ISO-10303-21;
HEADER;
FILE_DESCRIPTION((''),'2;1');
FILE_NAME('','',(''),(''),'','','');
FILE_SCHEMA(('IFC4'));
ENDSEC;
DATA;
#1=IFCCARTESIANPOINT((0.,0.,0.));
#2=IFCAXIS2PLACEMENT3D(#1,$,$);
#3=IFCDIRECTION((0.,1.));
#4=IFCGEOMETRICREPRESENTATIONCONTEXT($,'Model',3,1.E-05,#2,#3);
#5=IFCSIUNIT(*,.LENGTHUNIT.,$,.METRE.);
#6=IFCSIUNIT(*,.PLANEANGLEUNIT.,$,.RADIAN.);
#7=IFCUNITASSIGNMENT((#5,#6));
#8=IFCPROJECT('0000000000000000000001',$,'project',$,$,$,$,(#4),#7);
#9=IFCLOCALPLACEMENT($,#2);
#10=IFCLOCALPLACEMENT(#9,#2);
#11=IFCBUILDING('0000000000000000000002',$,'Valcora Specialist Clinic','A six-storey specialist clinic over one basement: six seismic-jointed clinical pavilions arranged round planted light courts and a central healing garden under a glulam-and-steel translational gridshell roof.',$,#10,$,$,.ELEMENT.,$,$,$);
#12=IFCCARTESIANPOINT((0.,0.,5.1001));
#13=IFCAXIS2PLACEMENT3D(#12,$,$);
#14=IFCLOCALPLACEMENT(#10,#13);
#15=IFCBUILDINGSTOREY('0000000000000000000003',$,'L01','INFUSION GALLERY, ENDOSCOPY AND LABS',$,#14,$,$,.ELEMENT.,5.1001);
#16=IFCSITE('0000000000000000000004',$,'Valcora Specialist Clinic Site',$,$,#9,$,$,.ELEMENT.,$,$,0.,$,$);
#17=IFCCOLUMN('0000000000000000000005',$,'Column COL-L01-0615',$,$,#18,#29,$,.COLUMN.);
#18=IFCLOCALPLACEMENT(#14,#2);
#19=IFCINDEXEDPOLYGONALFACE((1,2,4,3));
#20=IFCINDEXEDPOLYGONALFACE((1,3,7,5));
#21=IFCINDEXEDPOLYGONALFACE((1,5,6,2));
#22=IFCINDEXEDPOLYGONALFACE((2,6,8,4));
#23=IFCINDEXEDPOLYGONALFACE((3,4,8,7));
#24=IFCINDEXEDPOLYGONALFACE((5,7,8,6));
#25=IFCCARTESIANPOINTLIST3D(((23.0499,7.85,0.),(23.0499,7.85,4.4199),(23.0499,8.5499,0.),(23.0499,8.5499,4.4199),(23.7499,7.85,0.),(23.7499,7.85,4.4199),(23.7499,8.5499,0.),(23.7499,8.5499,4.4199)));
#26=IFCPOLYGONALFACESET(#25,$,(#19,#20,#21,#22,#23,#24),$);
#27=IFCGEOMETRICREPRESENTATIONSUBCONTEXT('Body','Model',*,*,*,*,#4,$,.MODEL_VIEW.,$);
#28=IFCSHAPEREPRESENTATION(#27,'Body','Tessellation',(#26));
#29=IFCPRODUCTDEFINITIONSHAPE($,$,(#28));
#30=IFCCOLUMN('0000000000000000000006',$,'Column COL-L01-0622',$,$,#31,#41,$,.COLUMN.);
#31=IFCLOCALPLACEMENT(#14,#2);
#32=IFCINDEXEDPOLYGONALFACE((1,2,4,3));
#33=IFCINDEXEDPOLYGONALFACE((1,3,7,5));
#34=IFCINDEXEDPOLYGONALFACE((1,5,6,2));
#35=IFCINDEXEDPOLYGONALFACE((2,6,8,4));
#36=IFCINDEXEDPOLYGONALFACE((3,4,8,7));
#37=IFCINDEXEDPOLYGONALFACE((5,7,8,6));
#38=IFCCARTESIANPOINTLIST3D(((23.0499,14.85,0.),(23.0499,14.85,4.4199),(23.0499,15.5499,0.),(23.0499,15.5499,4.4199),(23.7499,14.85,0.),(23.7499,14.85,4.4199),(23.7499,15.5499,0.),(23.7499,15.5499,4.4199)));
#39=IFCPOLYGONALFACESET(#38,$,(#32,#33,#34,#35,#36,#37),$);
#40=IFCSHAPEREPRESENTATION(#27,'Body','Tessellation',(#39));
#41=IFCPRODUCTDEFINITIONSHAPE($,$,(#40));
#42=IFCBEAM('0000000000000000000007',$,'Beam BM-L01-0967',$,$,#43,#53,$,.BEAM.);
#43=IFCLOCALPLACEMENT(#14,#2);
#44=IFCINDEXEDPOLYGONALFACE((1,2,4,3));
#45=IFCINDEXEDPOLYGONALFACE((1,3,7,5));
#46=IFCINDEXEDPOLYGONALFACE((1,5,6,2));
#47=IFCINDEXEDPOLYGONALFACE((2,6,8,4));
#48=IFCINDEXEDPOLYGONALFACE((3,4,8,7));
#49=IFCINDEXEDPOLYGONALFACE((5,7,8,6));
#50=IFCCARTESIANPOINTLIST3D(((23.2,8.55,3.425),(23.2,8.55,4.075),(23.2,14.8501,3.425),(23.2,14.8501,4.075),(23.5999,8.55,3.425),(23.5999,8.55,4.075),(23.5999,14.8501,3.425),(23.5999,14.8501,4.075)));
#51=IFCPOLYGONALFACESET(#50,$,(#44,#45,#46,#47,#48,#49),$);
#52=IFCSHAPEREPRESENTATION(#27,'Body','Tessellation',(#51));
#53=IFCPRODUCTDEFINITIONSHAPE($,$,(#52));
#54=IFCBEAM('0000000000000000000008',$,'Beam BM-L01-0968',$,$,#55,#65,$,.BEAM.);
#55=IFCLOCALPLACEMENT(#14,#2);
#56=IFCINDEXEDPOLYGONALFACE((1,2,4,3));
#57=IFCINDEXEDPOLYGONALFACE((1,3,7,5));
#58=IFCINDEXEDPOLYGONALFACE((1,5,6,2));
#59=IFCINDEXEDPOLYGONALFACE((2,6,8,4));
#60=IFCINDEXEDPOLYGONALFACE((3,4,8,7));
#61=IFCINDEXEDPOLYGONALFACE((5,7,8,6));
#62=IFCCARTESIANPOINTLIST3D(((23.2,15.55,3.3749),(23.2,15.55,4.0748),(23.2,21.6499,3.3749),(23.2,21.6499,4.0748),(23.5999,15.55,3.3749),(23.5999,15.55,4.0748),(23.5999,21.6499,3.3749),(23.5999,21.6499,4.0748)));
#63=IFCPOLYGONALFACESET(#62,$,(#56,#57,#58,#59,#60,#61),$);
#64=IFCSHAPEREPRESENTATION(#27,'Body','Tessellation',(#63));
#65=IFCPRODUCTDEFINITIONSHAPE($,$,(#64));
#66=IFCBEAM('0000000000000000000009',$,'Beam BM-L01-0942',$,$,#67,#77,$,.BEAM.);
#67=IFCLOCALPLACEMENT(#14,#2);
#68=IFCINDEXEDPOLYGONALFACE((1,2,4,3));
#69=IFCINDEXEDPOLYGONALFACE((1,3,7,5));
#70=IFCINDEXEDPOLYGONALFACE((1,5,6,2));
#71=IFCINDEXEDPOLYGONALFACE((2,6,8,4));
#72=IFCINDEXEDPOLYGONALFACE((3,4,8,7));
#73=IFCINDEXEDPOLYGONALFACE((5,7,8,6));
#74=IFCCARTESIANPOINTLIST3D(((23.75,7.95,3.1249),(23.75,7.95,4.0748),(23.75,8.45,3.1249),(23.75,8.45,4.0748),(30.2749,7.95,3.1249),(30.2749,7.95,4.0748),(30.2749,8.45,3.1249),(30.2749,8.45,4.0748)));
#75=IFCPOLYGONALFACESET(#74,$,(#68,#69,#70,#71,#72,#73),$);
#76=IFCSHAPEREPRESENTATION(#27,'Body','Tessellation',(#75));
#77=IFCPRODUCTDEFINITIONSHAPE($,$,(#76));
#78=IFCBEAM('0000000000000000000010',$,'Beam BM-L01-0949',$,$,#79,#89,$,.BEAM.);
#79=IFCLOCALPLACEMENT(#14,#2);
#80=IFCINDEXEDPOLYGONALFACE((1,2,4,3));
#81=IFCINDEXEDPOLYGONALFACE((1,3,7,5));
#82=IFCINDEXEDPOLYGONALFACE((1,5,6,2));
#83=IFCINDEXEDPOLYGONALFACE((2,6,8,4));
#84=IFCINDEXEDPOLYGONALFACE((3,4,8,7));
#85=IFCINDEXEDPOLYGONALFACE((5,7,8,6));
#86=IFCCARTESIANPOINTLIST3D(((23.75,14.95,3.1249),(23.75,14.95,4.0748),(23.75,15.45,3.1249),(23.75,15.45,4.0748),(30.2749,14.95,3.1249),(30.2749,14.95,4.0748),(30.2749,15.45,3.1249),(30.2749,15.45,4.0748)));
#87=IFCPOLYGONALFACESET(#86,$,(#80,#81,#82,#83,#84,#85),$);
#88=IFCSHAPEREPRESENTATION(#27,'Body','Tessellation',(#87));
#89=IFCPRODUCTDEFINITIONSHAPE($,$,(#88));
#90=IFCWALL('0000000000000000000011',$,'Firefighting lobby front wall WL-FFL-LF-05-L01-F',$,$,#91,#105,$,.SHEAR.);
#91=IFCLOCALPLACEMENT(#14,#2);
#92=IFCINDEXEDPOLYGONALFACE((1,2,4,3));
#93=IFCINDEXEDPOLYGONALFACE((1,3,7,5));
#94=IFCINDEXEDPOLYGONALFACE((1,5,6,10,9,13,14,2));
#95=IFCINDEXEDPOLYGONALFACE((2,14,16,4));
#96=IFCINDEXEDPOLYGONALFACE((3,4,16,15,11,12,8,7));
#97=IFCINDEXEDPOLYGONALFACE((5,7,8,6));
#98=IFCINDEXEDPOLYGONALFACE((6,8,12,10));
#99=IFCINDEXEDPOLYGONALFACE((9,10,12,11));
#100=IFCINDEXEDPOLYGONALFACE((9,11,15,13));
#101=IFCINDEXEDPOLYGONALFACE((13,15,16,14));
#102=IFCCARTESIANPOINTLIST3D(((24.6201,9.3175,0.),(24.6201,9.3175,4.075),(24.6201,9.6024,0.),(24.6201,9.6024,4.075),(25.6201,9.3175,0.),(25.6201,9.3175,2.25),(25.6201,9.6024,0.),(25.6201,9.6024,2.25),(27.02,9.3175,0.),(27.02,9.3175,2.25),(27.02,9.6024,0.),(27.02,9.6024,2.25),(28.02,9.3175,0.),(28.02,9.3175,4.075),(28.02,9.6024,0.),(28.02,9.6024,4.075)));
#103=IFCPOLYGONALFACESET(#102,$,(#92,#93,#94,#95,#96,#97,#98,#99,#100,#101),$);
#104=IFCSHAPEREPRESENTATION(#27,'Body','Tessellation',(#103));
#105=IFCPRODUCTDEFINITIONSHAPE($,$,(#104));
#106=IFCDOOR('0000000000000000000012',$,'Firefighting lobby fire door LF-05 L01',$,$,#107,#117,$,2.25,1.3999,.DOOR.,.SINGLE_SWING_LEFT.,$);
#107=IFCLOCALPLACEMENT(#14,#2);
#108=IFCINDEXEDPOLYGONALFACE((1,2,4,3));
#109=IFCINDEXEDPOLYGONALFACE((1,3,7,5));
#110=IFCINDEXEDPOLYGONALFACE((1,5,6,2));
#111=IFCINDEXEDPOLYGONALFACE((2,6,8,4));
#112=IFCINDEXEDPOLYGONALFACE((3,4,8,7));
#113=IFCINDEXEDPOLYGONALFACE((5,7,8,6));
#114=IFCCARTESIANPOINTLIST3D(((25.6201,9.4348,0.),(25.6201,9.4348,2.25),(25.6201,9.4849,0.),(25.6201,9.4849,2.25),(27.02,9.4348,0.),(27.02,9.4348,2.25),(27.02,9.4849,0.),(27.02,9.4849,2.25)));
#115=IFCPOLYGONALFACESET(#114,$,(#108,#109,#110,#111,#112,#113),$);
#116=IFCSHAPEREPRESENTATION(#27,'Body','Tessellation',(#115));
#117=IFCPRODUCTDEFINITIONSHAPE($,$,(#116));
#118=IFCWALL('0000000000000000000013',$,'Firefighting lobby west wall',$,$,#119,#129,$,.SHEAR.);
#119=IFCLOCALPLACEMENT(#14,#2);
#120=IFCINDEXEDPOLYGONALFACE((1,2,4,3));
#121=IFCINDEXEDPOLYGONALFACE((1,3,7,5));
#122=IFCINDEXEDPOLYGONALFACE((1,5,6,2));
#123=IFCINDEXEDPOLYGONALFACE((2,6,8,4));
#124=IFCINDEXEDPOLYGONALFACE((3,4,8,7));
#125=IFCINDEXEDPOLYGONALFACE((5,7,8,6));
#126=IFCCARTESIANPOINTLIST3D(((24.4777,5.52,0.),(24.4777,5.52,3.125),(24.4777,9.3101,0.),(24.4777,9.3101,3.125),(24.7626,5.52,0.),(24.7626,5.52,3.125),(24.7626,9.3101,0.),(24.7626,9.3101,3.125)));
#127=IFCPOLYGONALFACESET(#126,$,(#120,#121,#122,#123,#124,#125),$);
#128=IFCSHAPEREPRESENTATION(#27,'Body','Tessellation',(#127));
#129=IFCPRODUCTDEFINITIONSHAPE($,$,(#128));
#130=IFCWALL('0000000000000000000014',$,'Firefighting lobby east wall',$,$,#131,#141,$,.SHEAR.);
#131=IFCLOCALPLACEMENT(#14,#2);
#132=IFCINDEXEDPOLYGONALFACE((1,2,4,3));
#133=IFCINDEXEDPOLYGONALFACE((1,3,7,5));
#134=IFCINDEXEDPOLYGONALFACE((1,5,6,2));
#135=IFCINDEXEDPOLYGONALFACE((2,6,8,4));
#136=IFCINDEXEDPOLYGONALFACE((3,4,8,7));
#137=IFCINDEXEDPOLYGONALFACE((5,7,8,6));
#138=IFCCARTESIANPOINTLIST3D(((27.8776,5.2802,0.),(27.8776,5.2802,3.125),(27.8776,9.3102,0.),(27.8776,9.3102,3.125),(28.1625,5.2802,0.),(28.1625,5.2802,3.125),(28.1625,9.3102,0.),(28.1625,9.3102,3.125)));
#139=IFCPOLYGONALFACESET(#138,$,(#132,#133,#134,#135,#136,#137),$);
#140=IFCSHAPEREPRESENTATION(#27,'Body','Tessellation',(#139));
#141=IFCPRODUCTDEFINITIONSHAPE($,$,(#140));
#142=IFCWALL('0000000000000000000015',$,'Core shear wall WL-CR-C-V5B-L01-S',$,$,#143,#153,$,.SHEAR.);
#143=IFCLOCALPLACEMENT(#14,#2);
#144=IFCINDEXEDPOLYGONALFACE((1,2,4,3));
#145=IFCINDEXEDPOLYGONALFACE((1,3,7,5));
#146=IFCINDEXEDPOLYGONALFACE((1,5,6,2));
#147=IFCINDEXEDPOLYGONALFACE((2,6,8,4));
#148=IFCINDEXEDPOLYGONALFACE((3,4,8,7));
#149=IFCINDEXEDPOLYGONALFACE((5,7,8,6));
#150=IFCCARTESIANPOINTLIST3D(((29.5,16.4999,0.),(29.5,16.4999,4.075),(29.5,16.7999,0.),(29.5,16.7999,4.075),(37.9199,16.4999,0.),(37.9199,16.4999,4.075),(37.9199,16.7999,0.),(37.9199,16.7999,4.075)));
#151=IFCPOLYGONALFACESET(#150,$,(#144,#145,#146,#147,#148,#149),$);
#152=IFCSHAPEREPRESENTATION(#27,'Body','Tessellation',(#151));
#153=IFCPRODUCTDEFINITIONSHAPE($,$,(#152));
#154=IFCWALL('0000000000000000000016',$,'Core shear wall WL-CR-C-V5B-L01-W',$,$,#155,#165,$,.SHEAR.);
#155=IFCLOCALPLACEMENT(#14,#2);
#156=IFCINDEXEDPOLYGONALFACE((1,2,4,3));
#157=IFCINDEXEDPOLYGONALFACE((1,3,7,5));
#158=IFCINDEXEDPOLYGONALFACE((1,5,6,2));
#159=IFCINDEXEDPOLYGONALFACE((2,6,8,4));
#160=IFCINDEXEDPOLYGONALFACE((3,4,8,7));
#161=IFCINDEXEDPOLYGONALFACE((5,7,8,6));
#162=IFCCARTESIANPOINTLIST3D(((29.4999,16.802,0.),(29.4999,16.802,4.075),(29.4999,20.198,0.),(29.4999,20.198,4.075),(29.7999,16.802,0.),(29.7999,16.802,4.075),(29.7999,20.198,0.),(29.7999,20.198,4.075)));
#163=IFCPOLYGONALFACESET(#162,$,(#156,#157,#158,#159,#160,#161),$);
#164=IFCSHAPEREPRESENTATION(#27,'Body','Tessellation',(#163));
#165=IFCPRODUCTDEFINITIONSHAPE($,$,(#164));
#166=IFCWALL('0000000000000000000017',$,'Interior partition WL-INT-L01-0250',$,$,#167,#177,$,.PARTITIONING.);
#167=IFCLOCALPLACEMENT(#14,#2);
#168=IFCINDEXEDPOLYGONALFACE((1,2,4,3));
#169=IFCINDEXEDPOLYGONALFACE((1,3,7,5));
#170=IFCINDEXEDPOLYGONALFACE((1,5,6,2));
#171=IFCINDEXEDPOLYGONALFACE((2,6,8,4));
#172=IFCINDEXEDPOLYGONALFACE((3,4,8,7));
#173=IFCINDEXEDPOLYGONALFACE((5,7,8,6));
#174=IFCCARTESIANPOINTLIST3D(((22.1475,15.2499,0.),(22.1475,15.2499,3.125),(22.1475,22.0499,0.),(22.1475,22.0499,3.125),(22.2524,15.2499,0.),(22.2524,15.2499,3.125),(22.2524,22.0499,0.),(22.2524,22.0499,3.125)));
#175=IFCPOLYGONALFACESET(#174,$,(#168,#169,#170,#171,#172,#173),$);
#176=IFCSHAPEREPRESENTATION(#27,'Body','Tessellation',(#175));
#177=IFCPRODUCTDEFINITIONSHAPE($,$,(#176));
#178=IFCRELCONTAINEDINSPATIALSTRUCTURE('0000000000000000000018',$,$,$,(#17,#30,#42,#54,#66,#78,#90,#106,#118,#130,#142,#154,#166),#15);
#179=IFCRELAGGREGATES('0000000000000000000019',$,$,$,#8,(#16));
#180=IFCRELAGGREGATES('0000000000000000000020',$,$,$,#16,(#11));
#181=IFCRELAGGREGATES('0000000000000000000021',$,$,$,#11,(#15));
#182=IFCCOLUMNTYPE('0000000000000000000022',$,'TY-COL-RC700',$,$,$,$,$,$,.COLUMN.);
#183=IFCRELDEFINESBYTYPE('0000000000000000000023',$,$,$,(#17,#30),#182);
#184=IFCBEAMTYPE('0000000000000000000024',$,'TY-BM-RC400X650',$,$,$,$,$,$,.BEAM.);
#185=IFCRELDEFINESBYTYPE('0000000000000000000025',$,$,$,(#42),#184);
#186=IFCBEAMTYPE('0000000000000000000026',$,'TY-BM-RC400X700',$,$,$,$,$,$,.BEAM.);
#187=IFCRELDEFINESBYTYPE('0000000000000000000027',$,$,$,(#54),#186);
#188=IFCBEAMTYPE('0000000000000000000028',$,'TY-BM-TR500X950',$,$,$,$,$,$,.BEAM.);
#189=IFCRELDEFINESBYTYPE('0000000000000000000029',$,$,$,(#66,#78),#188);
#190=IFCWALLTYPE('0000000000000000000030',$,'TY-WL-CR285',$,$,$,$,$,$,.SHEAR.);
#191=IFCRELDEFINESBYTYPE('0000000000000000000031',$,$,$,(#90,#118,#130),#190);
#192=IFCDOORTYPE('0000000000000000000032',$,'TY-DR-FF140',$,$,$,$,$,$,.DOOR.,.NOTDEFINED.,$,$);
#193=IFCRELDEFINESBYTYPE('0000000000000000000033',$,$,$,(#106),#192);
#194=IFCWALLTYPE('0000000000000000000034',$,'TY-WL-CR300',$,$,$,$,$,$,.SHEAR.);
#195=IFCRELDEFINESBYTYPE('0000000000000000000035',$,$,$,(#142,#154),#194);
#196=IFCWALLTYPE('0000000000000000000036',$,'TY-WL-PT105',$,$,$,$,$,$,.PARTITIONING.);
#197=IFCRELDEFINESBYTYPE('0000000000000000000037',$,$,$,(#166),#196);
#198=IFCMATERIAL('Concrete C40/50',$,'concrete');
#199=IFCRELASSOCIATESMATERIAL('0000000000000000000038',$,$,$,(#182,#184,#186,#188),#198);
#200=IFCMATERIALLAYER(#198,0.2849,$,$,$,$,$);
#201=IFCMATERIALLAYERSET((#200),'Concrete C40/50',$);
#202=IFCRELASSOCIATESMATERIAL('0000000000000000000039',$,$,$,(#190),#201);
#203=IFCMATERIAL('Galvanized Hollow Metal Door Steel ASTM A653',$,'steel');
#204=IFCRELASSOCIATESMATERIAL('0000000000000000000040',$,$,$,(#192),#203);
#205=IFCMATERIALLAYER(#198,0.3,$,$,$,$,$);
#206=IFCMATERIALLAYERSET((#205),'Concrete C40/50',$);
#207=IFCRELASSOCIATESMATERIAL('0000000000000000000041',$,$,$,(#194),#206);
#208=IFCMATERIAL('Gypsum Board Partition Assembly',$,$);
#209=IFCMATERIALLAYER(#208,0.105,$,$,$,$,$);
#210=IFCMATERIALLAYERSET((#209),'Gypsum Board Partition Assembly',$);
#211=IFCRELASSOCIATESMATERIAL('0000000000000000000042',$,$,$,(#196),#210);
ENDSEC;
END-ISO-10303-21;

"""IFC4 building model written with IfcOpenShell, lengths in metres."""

from ifc_helpers import new_model, si_unit, direction, frame, frame_2d, origin, origin_2d, place, context, subcontext, project, spatial, rectangle, extrude, material, layer, layer_set, material_profile, profile_set, type_object, element, fill, save


model = new_model("IFC4")

# Units and contexts
model_context = context("Model", 3, precision=1e-05, world=origin(), true_north=direction((0.0, 1.0)))
body_context = subcontext(model_context, "Body", "Model", "MODEL_VIEW")
ifc_project = project(units=[si_unit("LENGTHUNIT", "METRE"), si_unit("PLANEANGLEUNIT", "RADIAN")], contexts=[model_context])

# Site, building, storey
site_placement = place(None, origin())
site = spatial("IfcSite", under=ifc_project, at=site_placement, Name="Valcora Specialist Clinic Site", CompositionType="ELEMENT", RefElevation=0.0)
building_placement = place(site_placement, origin())
building = spatial("IfcBuilding", under=site, at=building_placement, Name="Valcora Specialist Clinic", Description="A six-storey specialist clinic over one basement: six seismic-jointed clinical pavilions arranged round planted light courts and a central healing garden under a glulam-and-steel translational gridshell roof.", CompositionType="ELEMENT")
storey_placement = place(building_placement, frame((0.0, 0.0, 5.1001)))
storey = spatial("IfcBuildingStorey", under=building, at=storey_placement, Name="L01", Description="INFUSION GALLERY, ENDOSCOPY AND LABS", CompositionType="ELEMENT", Elevation=5.1001)

# Columns
ifc_material_1 = material(Name="Concrete C40/50", Category="concrete")
ifc_material_profile_1 = material_profile(ifc_material_1, rectangle(XDim=0.7, YDim=0.7, at=origin_2d()), Name="RC-COL-700X700")
ifc_profile_set_1 = profile_set([ifc_material_profile_1], Name="Concrete C40/50")
column_type = type_object("IfcColumnType", Name="TY-COL-RC700", PredefinedType="COLUMN", material=ifc_profile_set_1)
for number, where, z_axis, x_axis, name in (
    (1, (23.3999, 8.2, 0.0), (0.0, 0.0, 1.0), (1.0, 0.0, 0.0), "Column COL-L01-0615"),
    (2, (23.3999, 15.2, 0.0), (0.0, 0.0, 1.0), (1.0, 0.0, 0.0), "Column COL-L01-0622"),
):
    element("IfcColumn", number, at=place(storey_placement, frame(where, z_axis=z_axis, x_axis=x_axis)), inside=storey, type_object=column_type, Name=name, PredefinedType="COLUMN", context=body_context, shape_type="SweptSolid", body=[
        extrude(rectangle(XDim=0.7, YDim=0.7, at=origin_2d()), origin(), (0.0, 0.0, 1.0), 4.4199),
    ])

# Beams
ifc_material_profile_2 = material_profile(ifc_material_1, rectangle(XDim=0.3999, YDim=0.6499, at=origin_2d()), Name="RC-BM-400X650")
ifc_profile_set_2 = profile_set([ifc_material_profile_2], Name="Concrete C40/50")
beam_type_1 = type_object("IfcBeamType", Name="TY-BM-RC400X650", PredefinedType="BEAM", material=ifc_profile_set_2)
beam_1_placement = place(storey_placement, frame((23.3999, 8.55, 3.75), z_axis=(0.0, 1.0, 0.0), x_axis=(-1.0, 0.0, 0.0)))
element("IfcBeam", 3, at=beam_1_placement, inside=storey, type_object=beam_type_1, Name="Beam BM-L01-0967", PredefinedType="BEAM", context=body_context, shape_type="SweptSolid", body=[
    extrude(rectangle(XDim=0.3999, YDim=0.6499, at=origin_2d()), origin(), (0.0, 0.0, 1.0), 6.3),
])
ifc_material_profile_3 = material_profile(ifc_material_1, rectangle(XDim=0.3999, YDim=0.7, at=origin_2d()), Name="RC-BM-400X700")
ifc_profile_set_3 = profile_set([ifc_material_profile_3], Name="Concrete C40/50")
beam_type_2 = type_object("IfcBeamType", Name="TY-BM-RC400X700", PredefinedType="BEAM", material=ifc_profile_set_3)
beam_2_placement = place(storey_placement, frame((23.3999, 15.55, 3.7249), z_axis=(0.0, 1.0, 0.0), x_axis=(-1.0, 0.0, 0.0)))
element("IfcBeam", 4, at=beam_2_placement, inside=storey, type_object=beam_type_2, Name="Beam BM-L01-0968", PredefinedType="BEAM", context=body_context, shape_type="SweptSolid", body=[
    extrude(rectangle(XDim=0.3999, YDim=0.7, at=origin_2d()), origin(), (0.0, 0.0, 1.0), 6.0999),
])
ifc_material_profile_4 = material_profile(ifc_material_1, rectangle(XDim=0.5, YDim=0.95, at=origin_2d()), Name="RC-BM-500X950")
ifc_profile_set_4 = profile_set([ifc_material_profile_4], Name="Concrete C40/50")
beam_type_3 = type_object("IfcBeamType", Name="TY-BM-TR500X950", PredefinedType="BEAM", material=ifc_profile_set_4)
for number, where, z_axis, x_axis, name in (
    (5, (23.75, 8.2, 3.5999), (1.0, 0.0, 0.0), (0.0, 1.0, 0.0), "Beam BM-L01-0942"),
    (6, (23.75, 15.2, 3.5999), (1.0, 0.0, 0.0), (0.0, 1.0, 0.0), "Beam BM-L01-0949"),
):
    element("IfcBeam", number, at=place(storey_placement, frame(where, z_axis=z_axis, x_axis=x_axis)), inside=storey, type_object=beam_type_3, Name=name, PredefinedType="BEAM", context=body_context, shape_type="SweptSolid", body=[
        extrude(rectangle(XDim=0.5, YDim=0.95, at=origin_2d()), origin(), (0.0, 0.0, 1.0), 6.5249),
    ])

# Wall, opening, door
ifc_layer_1 = layer(ifc_material_1, 0.2849)
ifc_layer_set_1 = layer_set([ifc_layer_1], Name="Concrete C40/50")
wall_type_1 = type_object("IfcWallType", Name="TY-WL-CR285", PredefinedType="SHEAR", material=ifc_layer_set_1)
wall_1_placement = place(storey_placement, frame((24.6201, 9.46, 0.0), z_axis=(0.0, 0.0, 1.0), x_axis=(1.0, 0.0, 0.0)))
wall_1 = element("IfcWall", 7, at=wall_1_placement, inside=storey, type_object=wall_type_1, Name="Firefighting lobby front wall WL-FFL-LF-05-L01-F", PredefinedType="SHEAR", context=body_context, shape_type="SweptSolid", body=[
    extrude(rectangle(XDim=3.3999, YDim=0.2849, at=frame_2d((1.7, 0.0))), origin(), (0.0, 0.0, 1.0), 4.075),
])
opening_1_placement = place(wall_1_placement, frame((1.0, 0.0, 0.0)))
opening_1 = element("IfcOpeningElement", 8, at=opening_1_placement, cuts=wall_1, PredefinedType="OPENING", context=body_context, shape_type="SweptSolid", body=[
    extrude(rectangle(XDim=1.3999, YDim=2.25, at=frame_2d((0.7, 1.125))), frame((0.0, 0.1523, 0.0), z_axis=(0.0, -1.0, 0.0), x_axis=(1.0, 0.0, 0.0)), (0.0, 0.0, 1.0), 0.3049),
])
ifc_material_2 = material(Name="Galvanized Hollow Metal Door Steel ASTM A653", Category="steel")
door_type_1 = type_object("IfcDoorType", Name="TY-DR-FF140", OperationType="NOTDEFINED", PredefinedType="DOOR", material=ifc_material_2)
door_1_placement = place(opening_1_placement, origin())
door_1 = element("IfcDoor", 9, at=door_1_placement, inside=storey, type_object=door_type_1, Name="Firefighting lobby fire door LF-05 L01", OperationType="SINGLE_SWING_LEFT", OverallHeight=2.25, OverallWidth=1.3999, PredefinedType="DOOR", context=body_context, shape_type="SweptSolid", body=[
    extrude(rectangle(XDim=1.3999, YDim=2.25, at=frame_2d((0.7, 1.125))), frame((0.0, 0.0249, 0.0), z_axis=(0.0, -1.0, 0.0), x_axis=(1.0, 0.0, 0.0)), (0.0, 0.0, 1.0), 0.05),
])
fill(opening_1, door_1)

# Walls
wall_2_placement = place(storey_placement, frame((24.6201, 5.52, 0.0), z_axis=(0.0, 0.0, 1.0), x_axis=(0.0, 1.0, 0.0)))
element("IfcWall", 10, at=wall_2_placement, inside=storey, type_object=wall_type_1, Name="Firefighting lobby west wall", PredefinedType="SHEAR", context=body_context, shape_type="SweptSolid", body=[
    extrude(rectangle(XDim=3.79, YDim=0.2849, at=frame_2d((1.895, 0.0))), origin(), (0.0, 0.0, 1.0), 3.125),
])
wall_3_placement = place(storey_placement, frame((28.02, 5.28, 0.0), z_axis=(0.0, 0.0, 1.0), x_axis=(0.0, 1.0, 0.0)))
element("IfcWall", 11, at=wall_3_placement, inside=storey, type_object=wall_type_1, Name="Firefighting lobby east wall", PredefinedType="SHEAR", context=body_context, shape_type="SweptSolid", body=[
    extrude(rectangle(XDim=4.03, YDim=0.2849, at=frame_2d((2.0151, 0.0))), origin(), (0.0, 0.0, 1.0), 3.125),
])
ifc_layer_2 = layer(ifc_material_1, 0.3)
ifc_layer_set_2 = layer_set([ifc_layer_2], Name="Concrete C40/50")
wall_type_2 = type_object("IfcWallType", Name="TY-WL-CR300", PredefinedType="SHEAR", material=ifc_layer_set_2)
wall_4_placement = place(storey_placement, frame((29.5, 16.6499, 0.0), z_axis=(0.0, 0.0, 1.0), x_axis=(1.0, 0.0, 0.0)))
element("IfcWall", 12, at=wall_4_placement, inside=storey, type_object=wall_type_2, Name="Core shear wall WL-CR-C-V5B-L01-S", PredefinedType="SHEAR", context=body_context, shape_type="SweptSolid", body=[
    extrude(rectangle(XDim=8.4199, YDim=0.3, at=frame_2d((4.21, 0.0))), origin(), (0.0, 0.0, 1.0), 4.075),
])
wall_5_placement = place(storey_placement, frame((29.6499, 16.802, 0.0), z_axis=(0.0, 0.0, 1.0), x_axis=(0.0, 1.0, 0.0)))
element("IfcWall", 13, at=wall_5_placement, inside=storey, type_object=wall_type_2, Name="Core shear wall WL-CR-C-V5B-L01-W", PredefinedType="SHEAR", context=body_context, shape_type="SweptSolid", body=[
    extrude(rectangle(XDim=3.396, YDim=0.3, at=frame_2d((1.698, 0.0))), origin(), (0.0, 0.0, 1.0), 4.075),
])
ifc_material_3 = material(Name="Gypsum Board Partition Assembly")
ifc_layer_3 = layer(ifc_material_3, 0.105)
ifc_layer_set_3 = layer_set([ifc_layer_3], Name="Gypsum Board Partition Assembly")
wall_type_3 = type_object("IfcWallType", Name="TY-WL-PT105", PredefinedType="PARTITIONING", material=ifc_layer_set_3)
wall_6_placement = place(storey_placement, frame((22.2, 15.25, 0.0), z_axis=(0.0, 0.0, 1.0), x_axis=(0.0, 1.0, 0.0)))
element("IfcWall", 14, at=wall_6_placement, inside=storey, type_object=wall_type_3, Name="Interior partition WL-INT-L01-0250", PredefinedType="PARTITIONING", context=body_context, shape_type="SweptSolid", body=[
    extrude(rectangle(XDim=6.8, YDim=0.105, at=frame_2d((3.3999, 0.0))), origin(), (0.0, 0.0, 1.0), 3.125),
])

save(model, "model.ifc")
